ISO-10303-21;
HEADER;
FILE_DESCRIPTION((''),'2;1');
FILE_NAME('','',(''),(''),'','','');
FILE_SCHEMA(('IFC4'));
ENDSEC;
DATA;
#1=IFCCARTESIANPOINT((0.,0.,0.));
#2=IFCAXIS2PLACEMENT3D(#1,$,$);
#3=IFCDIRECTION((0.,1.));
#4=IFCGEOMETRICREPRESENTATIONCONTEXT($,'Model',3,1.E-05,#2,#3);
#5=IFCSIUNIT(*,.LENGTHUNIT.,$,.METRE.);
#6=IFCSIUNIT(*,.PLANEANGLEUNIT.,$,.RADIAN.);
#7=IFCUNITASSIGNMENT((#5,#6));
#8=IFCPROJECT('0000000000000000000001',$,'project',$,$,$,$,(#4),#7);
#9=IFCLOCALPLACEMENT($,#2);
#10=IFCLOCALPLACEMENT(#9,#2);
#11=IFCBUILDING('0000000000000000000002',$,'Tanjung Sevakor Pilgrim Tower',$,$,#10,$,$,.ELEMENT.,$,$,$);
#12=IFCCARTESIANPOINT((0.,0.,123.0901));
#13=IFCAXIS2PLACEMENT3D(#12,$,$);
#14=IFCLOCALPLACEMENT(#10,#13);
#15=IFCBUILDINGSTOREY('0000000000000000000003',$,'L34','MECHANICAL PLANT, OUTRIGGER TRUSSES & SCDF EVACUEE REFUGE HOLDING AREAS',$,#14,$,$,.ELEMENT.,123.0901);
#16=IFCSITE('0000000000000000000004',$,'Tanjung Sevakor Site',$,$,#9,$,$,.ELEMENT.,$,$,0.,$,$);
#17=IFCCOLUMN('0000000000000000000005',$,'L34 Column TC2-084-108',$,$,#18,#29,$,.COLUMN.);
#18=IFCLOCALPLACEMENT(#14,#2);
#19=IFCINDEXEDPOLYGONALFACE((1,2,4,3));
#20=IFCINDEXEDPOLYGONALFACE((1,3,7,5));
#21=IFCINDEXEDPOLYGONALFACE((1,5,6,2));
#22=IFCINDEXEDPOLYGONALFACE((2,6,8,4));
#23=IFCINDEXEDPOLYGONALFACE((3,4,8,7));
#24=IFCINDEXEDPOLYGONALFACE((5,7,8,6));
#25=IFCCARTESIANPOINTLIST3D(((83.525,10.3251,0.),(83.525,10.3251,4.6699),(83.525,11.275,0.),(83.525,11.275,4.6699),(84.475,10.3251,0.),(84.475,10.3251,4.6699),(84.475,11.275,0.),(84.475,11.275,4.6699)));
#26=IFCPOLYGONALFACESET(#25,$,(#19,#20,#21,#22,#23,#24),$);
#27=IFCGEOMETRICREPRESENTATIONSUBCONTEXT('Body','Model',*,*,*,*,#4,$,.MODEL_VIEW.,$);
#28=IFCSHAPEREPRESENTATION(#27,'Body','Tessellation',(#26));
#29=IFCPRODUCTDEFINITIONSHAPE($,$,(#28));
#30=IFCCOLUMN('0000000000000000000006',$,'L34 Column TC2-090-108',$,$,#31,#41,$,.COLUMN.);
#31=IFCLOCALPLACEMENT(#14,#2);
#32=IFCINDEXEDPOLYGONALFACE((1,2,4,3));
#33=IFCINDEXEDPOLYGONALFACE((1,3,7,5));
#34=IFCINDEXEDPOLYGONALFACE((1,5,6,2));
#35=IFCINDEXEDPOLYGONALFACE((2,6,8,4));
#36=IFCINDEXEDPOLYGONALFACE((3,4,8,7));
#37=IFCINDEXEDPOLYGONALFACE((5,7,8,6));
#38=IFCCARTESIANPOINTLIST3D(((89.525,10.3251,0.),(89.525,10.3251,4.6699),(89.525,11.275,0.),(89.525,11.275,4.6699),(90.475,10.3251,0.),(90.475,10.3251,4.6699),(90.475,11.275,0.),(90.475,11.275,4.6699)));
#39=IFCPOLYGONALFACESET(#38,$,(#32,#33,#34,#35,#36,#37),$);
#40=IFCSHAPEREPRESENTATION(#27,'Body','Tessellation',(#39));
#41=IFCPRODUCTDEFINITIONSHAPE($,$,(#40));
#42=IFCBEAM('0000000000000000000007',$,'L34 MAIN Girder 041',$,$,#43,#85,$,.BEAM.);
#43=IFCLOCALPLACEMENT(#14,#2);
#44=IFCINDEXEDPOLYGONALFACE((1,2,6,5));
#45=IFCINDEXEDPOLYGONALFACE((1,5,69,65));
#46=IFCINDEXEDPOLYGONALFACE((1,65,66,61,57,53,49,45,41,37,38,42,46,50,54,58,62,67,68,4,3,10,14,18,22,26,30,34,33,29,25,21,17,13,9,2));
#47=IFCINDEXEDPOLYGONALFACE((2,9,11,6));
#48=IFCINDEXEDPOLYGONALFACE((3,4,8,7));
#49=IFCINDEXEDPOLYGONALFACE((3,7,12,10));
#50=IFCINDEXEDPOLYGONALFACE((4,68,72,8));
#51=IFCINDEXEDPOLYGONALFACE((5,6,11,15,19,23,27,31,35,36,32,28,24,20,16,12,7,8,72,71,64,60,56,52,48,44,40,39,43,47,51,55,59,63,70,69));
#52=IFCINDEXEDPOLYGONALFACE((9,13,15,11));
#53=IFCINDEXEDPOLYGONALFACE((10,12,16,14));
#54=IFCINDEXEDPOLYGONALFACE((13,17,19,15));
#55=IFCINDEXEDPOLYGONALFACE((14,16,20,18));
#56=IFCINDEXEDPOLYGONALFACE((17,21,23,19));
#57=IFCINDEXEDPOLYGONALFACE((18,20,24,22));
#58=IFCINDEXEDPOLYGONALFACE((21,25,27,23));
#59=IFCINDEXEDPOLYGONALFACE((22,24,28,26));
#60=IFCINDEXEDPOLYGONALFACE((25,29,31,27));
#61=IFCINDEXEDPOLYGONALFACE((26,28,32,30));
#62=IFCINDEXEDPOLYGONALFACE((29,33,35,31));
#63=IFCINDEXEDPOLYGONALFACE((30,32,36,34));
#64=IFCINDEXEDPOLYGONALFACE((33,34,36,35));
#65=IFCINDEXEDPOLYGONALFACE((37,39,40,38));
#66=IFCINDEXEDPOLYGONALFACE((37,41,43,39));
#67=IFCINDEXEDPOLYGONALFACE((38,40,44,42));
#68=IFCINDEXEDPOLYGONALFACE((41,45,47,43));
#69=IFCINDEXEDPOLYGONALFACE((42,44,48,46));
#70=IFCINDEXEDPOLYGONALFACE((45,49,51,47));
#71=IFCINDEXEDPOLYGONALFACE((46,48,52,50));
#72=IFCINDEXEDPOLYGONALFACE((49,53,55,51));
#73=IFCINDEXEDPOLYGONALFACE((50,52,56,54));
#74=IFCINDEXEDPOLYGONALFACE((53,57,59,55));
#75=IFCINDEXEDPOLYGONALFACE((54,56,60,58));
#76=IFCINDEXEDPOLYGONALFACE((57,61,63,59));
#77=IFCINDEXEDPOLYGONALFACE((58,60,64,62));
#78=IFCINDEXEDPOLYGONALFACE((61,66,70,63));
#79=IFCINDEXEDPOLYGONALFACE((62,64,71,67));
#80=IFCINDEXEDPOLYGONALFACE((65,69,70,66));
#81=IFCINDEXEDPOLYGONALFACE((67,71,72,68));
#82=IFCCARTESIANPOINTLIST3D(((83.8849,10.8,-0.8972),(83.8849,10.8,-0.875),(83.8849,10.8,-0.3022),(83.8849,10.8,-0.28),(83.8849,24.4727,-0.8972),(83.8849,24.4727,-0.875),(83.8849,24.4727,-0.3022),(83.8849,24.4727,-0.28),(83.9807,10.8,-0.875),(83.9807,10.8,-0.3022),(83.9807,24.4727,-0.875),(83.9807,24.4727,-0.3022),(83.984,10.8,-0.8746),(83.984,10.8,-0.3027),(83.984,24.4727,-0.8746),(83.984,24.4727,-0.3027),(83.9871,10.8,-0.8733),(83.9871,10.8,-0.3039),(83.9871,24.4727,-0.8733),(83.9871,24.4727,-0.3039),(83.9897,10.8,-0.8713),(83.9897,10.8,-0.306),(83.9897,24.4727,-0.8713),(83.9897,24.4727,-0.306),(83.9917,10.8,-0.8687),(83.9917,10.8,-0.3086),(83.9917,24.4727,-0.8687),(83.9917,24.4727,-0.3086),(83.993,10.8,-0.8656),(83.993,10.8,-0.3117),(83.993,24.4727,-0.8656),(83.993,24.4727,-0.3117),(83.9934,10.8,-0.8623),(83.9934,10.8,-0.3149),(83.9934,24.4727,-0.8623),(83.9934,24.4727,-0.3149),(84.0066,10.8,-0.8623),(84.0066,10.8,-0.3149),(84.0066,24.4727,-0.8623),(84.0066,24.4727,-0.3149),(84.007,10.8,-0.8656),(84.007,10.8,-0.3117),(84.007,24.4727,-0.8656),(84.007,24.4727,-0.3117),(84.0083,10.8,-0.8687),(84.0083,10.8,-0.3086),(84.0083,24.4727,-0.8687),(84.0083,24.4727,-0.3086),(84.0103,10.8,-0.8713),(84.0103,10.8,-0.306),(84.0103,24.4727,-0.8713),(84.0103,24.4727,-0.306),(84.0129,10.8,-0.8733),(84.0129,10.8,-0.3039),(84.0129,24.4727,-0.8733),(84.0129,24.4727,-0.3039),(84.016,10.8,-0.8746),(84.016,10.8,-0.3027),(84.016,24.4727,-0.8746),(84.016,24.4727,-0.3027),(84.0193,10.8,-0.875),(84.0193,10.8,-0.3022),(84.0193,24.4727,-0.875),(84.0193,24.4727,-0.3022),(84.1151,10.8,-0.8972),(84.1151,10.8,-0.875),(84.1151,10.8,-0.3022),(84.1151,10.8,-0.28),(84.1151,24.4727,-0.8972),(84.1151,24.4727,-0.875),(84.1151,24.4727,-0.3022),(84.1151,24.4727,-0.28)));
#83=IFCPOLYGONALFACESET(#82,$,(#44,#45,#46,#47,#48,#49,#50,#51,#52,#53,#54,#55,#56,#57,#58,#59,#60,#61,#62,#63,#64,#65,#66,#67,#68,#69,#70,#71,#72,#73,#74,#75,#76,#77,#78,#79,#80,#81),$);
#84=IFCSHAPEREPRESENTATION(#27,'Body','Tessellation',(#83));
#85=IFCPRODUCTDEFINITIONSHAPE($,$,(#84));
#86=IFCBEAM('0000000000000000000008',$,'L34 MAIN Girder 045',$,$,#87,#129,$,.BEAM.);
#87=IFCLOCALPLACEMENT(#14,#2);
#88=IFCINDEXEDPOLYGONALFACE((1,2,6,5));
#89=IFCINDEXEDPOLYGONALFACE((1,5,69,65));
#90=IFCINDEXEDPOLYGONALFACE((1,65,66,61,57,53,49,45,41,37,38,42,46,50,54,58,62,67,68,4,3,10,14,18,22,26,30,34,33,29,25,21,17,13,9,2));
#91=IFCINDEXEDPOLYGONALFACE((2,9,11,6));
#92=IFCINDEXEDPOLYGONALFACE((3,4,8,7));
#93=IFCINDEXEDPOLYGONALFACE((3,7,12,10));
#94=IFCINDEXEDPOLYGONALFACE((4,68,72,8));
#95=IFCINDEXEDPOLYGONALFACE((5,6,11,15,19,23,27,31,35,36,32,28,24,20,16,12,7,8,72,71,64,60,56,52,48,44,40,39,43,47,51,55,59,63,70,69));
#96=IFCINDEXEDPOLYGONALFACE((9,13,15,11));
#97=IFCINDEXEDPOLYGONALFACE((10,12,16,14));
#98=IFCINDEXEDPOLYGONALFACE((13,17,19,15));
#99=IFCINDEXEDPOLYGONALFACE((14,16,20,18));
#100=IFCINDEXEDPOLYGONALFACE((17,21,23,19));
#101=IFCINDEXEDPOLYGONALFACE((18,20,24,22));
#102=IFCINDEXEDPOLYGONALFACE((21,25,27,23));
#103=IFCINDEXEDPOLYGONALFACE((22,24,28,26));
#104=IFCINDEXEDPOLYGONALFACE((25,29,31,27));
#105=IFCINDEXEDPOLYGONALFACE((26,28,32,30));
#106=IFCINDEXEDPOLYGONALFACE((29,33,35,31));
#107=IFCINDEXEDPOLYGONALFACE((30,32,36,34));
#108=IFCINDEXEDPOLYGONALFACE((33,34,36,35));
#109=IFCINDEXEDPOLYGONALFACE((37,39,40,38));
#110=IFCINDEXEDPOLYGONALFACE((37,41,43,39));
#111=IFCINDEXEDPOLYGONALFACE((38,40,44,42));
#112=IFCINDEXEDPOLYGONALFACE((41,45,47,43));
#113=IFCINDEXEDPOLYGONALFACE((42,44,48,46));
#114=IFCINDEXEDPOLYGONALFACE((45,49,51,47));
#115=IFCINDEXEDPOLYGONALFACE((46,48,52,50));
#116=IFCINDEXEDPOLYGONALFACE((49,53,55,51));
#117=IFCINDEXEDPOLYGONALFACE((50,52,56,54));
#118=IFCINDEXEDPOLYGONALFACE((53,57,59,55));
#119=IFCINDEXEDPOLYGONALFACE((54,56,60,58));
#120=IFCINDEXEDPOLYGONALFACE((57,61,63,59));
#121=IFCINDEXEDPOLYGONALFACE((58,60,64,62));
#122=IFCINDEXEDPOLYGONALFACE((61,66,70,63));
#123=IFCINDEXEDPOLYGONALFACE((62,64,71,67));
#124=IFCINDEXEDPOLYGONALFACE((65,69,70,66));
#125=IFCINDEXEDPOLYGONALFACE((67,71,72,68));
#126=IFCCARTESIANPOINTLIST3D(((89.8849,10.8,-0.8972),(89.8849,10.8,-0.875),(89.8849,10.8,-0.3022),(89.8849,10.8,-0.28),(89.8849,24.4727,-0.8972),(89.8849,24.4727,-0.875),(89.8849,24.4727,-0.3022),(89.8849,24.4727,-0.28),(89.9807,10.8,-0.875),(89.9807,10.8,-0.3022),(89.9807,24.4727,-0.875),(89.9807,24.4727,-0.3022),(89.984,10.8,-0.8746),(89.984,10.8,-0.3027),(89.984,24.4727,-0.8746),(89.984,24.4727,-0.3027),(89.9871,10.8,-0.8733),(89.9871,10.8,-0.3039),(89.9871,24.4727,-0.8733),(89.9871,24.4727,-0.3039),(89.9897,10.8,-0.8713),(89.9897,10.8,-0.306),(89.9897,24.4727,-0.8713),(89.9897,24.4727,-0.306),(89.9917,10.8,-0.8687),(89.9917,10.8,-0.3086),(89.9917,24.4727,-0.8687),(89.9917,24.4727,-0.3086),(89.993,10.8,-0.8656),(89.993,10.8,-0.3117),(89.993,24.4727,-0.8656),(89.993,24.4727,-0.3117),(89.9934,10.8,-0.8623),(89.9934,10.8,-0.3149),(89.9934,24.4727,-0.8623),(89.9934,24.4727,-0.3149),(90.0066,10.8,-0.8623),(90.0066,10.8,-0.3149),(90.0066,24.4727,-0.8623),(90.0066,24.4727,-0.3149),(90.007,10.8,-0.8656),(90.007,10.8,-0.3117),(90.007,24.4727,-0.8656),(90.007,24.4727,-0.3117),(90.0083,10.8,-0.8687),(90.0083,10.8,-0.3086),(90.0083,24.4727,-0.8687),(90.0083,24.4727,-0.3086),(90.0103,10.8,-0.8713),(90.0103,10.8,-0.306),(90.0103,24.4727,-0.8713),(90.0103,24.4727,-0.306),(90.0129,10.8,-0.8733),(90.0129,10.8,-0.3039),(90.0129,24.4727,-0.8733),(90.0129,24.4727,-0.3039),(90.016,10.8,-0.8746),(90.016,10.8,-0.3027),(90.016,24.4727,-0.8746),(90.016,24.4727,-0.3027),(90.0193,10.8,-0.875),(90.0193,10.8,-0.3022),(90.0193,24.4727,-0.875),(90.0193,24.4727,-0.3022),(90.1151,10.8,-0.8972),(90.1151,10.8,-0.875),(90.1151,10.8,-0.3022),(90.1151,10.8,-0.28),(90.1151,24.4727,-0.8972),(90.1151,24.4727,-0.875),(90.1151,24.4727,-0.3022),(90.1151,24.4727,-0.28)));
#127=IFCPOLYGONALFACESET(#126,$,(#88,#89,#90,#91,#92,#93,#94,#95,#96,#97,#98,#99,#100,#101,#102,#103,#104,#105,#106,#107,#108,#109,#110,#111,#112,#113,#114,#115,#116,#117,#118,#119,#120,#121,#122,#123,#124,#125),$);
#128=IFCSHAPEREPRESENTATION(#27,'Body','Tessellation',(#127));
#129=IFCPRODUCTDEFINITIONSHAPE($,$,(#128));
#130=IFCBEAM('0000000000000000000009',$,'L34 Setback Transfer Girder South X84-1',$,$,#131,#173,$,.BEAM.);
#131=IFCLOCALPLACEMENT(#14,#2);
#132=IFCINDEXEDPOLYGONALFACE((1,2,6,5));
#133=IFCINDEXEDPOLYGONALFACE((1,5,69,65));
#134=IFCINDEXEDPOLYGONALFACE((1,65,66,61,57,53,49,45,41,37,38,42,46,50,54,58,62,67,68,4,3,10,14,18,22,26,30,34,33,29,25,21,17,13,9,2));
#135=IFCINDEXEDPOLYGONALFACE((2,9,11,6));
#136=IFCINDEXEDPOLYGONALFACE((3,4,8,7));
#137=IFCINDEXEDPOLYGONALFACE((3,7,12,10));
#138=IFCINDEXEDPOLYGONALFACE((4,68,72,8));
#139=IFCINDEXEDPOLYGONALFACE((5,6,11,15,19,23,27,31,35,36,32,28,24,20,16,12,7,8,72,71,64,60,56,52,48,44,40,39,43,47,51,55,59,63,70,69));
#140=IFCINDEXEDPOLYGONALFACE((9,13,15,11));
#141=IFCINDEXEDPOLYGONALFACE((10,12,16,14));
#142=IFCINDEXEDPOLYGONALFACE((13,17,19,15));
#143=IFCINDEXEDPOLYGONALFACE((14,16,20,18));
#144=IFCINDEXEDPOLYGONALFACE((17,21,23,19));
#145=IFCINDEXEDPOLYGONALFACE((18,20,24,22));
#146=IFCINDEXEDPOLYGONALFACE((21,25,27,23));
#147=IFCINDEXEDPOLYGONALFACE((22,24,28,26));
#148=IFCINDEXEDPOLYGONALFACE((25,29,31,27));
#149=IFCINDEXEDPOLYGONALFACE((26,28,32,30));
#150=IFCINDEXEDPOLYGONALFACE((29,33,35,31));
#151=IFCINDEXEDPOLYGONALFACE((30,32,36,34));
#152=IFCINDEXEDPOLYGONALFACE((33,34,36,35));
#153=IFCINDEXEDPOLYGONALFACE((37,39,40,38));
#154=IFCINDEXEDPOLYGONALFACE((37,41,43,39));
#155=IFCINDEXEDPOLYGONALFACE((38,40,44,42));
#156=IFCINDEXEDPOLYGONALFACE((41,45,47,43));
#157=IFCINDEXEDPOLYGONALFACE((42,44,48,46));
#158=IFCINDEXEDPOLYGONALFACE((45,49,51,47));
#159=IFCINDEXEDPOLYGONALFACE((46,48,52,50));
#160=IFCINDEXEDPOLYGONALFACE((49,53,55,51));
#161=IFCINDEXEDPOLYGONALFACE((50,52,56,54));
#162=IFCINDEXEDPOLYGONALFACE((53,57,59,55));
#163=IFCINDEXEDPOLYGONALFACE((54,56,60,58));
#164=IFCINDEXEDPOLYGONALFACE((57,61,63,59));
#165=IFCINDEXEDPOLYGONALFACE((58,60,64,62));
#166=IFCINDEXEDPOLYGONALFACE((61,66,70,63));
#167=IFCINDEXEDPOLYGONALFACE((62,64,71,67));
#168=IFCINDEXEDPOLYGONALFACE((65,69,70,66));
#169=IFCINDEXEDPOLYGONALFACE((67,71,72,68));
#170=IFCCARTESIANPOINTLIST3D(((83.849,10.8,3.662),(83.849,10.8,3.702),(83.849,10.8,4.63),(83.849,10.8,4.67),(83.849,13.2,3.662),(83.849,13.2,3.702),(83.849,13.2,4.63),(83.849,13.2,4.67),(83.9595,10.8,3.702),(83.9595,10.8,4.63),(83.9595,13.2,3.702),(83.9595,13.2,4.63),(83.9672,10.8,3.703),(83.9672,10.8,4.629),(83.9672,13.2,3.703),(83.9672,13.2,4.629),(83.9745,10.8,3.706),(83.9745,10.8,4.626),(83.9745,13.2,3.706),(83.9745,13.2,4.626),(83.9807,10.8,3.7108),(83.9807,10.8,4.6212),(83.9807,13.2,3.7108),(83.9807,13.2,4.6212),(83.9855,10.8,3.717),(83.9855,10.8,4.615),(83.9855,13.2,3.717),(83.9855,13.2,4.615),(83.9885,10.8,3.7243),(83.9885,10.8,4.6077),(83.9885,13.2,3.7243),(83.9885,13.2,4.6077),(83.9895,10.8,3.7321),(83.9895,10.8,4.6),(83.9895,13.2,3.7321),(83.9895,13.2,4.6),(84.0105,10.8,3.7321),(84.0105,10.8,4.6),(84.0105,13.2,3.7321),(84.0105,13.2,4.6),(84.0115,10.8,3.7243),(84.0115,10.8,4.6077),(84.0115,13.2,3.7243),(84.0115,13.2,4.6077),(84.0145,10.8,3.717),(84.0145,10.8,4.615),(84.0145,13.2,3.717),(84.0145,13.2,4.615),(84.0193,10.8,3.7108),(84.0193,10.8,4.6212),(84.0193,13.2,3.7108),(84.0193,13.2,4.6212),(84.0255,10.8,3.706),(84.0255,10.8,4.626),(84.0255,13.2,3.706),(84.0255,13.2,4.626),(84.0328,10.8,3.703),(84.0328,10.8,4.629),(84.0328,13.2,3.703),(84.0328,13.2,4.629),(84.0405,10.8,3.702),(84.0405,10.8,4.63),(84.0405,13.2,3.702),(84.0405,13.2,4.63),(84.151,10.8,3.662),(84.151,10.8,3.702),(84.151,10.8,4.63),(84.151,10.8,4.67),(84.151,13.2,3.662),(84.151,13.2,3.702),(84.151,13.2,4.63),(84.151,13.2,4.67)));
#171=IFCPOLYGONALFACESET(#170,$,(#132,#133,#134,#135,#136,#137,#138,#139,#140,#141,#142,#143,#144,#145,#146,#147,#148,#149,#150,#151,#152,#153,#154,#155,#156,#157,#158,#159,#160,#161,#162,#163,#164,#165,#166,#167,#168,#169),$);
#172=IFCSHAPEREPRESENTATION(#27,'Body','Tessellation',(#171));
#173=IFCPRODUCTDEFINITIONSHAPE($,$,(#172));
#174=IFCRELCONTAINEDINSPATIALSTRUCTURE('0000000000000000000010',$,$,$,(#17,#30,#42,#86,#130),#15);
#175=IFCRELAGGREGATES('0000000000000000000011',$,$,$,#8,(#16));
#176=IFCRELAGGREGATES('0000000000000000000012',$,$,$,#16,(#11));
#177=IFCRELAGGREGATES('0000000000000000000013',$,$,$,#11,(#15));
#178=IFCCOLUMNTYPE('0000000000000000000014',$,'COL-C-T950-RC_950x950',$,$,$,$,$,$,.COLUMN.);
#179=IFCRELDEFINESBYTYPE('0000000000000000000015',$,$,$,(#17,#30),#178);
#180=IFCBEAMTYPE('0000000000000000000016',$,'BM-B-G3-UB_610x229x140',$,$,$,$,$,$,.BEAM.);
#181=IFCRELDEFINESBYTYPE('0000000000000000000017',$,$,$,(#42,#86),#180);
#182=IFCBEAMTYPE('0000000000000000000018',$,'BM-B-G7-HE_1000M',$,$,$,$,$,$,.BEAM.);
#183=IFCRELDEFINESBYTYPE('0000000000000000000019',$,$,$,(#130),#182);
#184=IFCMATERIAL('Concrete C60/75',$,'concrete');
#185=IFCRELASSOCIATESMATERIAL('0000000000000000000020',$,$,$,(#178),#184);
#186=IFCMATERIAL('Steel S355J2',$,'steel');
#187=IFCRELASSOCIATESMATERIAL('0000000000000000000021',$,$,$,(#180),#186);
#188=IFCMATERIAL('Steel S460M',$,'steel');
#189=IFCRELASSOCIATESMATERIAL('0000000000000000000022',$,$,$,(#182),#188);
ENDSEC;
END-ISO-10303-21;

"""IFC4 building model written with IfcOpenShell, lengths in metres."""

from ifc_helpers import new_model, si_unit, direction, frame, origin, origin_2d, place, context, subcontext, project, spatial, rectangle, i_section, extrude, material, material_profile, profile_set, type_object, element, save


model = new_model("IFC4")

# Units and contexts
model_context = context("Model", 3, precision=1e-05, world=origin(), true_north=direction((0.0, 1.0)))
body_context = subcontext(model_context, "Body", "Model", "MODEL_VIEW")
ifc_project = project(units=[si_unit("LENGTHUNIT", "METRE"), si_unit("PLANEANGLEUNIT", "RADIAN")], contexts=[model_context])

# Site, building, storey
site_placement = place(None, origin())
site = spatial("IfcSite", under=ifc_project, at=site_placement, Name="Tanjung Sevakor Site", CompositionType="ELEMENT", RefElevation=0.0)
building_placement = place(site_placement, origin())
building = spatial("IfcBuilding", under=site, at=building_placement, Name="Tanjung Sevakor Pilgrim Tower", CompositionType="ELEMENT")
storey_placement = place(building_placement, frame((0.0, 0.0, 123.0901)))
storey = spatial("IfcBuildingStorey", under=building, at=storey_placement, Name="L34", Description="MECHANICAL PLANT, OUTRIGGER TRUSSES & SCDF EVACUEE REFUGE HOLDING AREAS", CompositionType="ELEMENT", Elevation=123.0901)

# Columns
ifc_material_1 = material(Name="Concrete C60/75", Category="concrete")
ifc_material_profile_1 = material_profile(ifc_material_1, rectangle(XDim=0.95, YDim=0.95, at=origin_2d()))
ifc_profile_set_1 = profile_set([ifc_material_profile_1], Name="Concrete C60/75")
column_type = type_object("IfcColumnType", Name="COL-C-T950-RC_950x950", PredefinedType="COLUMN", material=ifc_profile_set_1)
for number, where, z_axis, x_axis, name in (
    (1, (84.0, 10.8, 0.0), (0.0, 0.0, 1.0), (1.0, 0.0, 0.0), "L34 Column TC2-084-108"),
    (2, (90.0, 10.8, 0.0), (0.0, 0.0, 1.0), (1.0, 0.0, 0.0), "L34 Column TC2-090-108"),
):
    element("IfcColumn", number, at=place(storey_placement, frame(where, z_axis=z_axis, x_axis=x_axis)), inside=storey, type_object=column_type, Name=name, PredefinedType="COLUMN", context=body_context, shape_type="SweptSolid", body=[
        extrude(rectangle(XDim=0.95, YDim=0.95, at=origin_2d()), origin(), (0.0, 0.0, 1.0), 4.6699),
    ])

# Beams
ifc_material_2 = material(Name="Steel S355J2", Category="steel")
ifc_material_profile_2 = material_profile(ifc_material_2, i_section(OverallWidth=0.2302, OverallDepth=0.6172, WebThickness=0.0132, FlangeThickness=0.0222, FilletRadius=0.0127, at=origin_2d()))
ifc_profile_set_2 = profile_set([ifc_material_profile_2], Name="Steel S355J2")
beam_type_1 = type_object("IfcBeamType", Name="BM-B-G3-UB_610x229x140", PredefinedType="BEAM", material=ifc_profile_set_2)
for number, where, z_axis, x_axis, name in (
    (3, (84.0, 10.8, -0.5886), (0.0, 1.0, 0.0), (-1.0, 0.0, 0.0), "L34 MAIN Girder 041"),
    (4, (90.0, 10.8, -0.5886), (0.0, 1.0, 0.0), (-1.0, 0.0, 0.0), "L34 MAIN Girder 045"),
):
    element("IfcBeam", number, at=place(storey_placement, frame(where, z_axis=z_axis, x_axis=x_axis)), inside=storey, type_object=beam_type_1, Name=name, PredefinedType="BEAM", context=body_context, shape_type="SweptSolid", body=[
        extrude(i_section(OverallWidth=0.2302, OverallDepth=0.6172, WebThickness=0.0132, FlangeThickness=0.0222, FilletRadius=0.0127, at=origin_2d()), origin(), (0.0, 0.0, 1.0), 13.6726),
    ])
ifc_material_3 = material(Name="Steel S460M", Category="steel")
ifc_material_profile_3 = material_profile(ifc_material_3, i_section(OverallWidth=0.302, OverallDepth=1.0081, WebThickness=0.021, FlangeThickness=0.04, FilletRadius=0.03, at=origin_2d()))
ifc_profile_set_3 = profile_set([ifc_material_profile_3], Name="Steel S460M")
beam_type_2 = type_object("IfcBeamType", Name="BM-B-G7-HE_1000M", PredefinedType="BEAM", material=ifc_profile_set_3)
beam_1_placement = place(storey_placement, frame((84.0, 10.8, 4.166), z_axis=(0.0, 1.0, 0.0), x_axis=(-1.0, 0.0, 0.0)))
element("IfcBeam", 5, at=beam_1_placement, inside=storey, type_object=beam_type_2, Name="L34 Setback Transfer Girder South X84-1", PredefinedType="BEAM", context=body_context, shape_type="SweptSolid", body=[
    extrude(i_section(OverallWidth=0.302, OverallDepth=1.0081, WebThickness=0.021, FlangeThickness=0.04, FilletRadius=0.03, at=origin_2d()), origin(), (0.0, 0.0, 1.0), 2.3999),
])

save(model, "model.ifc")
